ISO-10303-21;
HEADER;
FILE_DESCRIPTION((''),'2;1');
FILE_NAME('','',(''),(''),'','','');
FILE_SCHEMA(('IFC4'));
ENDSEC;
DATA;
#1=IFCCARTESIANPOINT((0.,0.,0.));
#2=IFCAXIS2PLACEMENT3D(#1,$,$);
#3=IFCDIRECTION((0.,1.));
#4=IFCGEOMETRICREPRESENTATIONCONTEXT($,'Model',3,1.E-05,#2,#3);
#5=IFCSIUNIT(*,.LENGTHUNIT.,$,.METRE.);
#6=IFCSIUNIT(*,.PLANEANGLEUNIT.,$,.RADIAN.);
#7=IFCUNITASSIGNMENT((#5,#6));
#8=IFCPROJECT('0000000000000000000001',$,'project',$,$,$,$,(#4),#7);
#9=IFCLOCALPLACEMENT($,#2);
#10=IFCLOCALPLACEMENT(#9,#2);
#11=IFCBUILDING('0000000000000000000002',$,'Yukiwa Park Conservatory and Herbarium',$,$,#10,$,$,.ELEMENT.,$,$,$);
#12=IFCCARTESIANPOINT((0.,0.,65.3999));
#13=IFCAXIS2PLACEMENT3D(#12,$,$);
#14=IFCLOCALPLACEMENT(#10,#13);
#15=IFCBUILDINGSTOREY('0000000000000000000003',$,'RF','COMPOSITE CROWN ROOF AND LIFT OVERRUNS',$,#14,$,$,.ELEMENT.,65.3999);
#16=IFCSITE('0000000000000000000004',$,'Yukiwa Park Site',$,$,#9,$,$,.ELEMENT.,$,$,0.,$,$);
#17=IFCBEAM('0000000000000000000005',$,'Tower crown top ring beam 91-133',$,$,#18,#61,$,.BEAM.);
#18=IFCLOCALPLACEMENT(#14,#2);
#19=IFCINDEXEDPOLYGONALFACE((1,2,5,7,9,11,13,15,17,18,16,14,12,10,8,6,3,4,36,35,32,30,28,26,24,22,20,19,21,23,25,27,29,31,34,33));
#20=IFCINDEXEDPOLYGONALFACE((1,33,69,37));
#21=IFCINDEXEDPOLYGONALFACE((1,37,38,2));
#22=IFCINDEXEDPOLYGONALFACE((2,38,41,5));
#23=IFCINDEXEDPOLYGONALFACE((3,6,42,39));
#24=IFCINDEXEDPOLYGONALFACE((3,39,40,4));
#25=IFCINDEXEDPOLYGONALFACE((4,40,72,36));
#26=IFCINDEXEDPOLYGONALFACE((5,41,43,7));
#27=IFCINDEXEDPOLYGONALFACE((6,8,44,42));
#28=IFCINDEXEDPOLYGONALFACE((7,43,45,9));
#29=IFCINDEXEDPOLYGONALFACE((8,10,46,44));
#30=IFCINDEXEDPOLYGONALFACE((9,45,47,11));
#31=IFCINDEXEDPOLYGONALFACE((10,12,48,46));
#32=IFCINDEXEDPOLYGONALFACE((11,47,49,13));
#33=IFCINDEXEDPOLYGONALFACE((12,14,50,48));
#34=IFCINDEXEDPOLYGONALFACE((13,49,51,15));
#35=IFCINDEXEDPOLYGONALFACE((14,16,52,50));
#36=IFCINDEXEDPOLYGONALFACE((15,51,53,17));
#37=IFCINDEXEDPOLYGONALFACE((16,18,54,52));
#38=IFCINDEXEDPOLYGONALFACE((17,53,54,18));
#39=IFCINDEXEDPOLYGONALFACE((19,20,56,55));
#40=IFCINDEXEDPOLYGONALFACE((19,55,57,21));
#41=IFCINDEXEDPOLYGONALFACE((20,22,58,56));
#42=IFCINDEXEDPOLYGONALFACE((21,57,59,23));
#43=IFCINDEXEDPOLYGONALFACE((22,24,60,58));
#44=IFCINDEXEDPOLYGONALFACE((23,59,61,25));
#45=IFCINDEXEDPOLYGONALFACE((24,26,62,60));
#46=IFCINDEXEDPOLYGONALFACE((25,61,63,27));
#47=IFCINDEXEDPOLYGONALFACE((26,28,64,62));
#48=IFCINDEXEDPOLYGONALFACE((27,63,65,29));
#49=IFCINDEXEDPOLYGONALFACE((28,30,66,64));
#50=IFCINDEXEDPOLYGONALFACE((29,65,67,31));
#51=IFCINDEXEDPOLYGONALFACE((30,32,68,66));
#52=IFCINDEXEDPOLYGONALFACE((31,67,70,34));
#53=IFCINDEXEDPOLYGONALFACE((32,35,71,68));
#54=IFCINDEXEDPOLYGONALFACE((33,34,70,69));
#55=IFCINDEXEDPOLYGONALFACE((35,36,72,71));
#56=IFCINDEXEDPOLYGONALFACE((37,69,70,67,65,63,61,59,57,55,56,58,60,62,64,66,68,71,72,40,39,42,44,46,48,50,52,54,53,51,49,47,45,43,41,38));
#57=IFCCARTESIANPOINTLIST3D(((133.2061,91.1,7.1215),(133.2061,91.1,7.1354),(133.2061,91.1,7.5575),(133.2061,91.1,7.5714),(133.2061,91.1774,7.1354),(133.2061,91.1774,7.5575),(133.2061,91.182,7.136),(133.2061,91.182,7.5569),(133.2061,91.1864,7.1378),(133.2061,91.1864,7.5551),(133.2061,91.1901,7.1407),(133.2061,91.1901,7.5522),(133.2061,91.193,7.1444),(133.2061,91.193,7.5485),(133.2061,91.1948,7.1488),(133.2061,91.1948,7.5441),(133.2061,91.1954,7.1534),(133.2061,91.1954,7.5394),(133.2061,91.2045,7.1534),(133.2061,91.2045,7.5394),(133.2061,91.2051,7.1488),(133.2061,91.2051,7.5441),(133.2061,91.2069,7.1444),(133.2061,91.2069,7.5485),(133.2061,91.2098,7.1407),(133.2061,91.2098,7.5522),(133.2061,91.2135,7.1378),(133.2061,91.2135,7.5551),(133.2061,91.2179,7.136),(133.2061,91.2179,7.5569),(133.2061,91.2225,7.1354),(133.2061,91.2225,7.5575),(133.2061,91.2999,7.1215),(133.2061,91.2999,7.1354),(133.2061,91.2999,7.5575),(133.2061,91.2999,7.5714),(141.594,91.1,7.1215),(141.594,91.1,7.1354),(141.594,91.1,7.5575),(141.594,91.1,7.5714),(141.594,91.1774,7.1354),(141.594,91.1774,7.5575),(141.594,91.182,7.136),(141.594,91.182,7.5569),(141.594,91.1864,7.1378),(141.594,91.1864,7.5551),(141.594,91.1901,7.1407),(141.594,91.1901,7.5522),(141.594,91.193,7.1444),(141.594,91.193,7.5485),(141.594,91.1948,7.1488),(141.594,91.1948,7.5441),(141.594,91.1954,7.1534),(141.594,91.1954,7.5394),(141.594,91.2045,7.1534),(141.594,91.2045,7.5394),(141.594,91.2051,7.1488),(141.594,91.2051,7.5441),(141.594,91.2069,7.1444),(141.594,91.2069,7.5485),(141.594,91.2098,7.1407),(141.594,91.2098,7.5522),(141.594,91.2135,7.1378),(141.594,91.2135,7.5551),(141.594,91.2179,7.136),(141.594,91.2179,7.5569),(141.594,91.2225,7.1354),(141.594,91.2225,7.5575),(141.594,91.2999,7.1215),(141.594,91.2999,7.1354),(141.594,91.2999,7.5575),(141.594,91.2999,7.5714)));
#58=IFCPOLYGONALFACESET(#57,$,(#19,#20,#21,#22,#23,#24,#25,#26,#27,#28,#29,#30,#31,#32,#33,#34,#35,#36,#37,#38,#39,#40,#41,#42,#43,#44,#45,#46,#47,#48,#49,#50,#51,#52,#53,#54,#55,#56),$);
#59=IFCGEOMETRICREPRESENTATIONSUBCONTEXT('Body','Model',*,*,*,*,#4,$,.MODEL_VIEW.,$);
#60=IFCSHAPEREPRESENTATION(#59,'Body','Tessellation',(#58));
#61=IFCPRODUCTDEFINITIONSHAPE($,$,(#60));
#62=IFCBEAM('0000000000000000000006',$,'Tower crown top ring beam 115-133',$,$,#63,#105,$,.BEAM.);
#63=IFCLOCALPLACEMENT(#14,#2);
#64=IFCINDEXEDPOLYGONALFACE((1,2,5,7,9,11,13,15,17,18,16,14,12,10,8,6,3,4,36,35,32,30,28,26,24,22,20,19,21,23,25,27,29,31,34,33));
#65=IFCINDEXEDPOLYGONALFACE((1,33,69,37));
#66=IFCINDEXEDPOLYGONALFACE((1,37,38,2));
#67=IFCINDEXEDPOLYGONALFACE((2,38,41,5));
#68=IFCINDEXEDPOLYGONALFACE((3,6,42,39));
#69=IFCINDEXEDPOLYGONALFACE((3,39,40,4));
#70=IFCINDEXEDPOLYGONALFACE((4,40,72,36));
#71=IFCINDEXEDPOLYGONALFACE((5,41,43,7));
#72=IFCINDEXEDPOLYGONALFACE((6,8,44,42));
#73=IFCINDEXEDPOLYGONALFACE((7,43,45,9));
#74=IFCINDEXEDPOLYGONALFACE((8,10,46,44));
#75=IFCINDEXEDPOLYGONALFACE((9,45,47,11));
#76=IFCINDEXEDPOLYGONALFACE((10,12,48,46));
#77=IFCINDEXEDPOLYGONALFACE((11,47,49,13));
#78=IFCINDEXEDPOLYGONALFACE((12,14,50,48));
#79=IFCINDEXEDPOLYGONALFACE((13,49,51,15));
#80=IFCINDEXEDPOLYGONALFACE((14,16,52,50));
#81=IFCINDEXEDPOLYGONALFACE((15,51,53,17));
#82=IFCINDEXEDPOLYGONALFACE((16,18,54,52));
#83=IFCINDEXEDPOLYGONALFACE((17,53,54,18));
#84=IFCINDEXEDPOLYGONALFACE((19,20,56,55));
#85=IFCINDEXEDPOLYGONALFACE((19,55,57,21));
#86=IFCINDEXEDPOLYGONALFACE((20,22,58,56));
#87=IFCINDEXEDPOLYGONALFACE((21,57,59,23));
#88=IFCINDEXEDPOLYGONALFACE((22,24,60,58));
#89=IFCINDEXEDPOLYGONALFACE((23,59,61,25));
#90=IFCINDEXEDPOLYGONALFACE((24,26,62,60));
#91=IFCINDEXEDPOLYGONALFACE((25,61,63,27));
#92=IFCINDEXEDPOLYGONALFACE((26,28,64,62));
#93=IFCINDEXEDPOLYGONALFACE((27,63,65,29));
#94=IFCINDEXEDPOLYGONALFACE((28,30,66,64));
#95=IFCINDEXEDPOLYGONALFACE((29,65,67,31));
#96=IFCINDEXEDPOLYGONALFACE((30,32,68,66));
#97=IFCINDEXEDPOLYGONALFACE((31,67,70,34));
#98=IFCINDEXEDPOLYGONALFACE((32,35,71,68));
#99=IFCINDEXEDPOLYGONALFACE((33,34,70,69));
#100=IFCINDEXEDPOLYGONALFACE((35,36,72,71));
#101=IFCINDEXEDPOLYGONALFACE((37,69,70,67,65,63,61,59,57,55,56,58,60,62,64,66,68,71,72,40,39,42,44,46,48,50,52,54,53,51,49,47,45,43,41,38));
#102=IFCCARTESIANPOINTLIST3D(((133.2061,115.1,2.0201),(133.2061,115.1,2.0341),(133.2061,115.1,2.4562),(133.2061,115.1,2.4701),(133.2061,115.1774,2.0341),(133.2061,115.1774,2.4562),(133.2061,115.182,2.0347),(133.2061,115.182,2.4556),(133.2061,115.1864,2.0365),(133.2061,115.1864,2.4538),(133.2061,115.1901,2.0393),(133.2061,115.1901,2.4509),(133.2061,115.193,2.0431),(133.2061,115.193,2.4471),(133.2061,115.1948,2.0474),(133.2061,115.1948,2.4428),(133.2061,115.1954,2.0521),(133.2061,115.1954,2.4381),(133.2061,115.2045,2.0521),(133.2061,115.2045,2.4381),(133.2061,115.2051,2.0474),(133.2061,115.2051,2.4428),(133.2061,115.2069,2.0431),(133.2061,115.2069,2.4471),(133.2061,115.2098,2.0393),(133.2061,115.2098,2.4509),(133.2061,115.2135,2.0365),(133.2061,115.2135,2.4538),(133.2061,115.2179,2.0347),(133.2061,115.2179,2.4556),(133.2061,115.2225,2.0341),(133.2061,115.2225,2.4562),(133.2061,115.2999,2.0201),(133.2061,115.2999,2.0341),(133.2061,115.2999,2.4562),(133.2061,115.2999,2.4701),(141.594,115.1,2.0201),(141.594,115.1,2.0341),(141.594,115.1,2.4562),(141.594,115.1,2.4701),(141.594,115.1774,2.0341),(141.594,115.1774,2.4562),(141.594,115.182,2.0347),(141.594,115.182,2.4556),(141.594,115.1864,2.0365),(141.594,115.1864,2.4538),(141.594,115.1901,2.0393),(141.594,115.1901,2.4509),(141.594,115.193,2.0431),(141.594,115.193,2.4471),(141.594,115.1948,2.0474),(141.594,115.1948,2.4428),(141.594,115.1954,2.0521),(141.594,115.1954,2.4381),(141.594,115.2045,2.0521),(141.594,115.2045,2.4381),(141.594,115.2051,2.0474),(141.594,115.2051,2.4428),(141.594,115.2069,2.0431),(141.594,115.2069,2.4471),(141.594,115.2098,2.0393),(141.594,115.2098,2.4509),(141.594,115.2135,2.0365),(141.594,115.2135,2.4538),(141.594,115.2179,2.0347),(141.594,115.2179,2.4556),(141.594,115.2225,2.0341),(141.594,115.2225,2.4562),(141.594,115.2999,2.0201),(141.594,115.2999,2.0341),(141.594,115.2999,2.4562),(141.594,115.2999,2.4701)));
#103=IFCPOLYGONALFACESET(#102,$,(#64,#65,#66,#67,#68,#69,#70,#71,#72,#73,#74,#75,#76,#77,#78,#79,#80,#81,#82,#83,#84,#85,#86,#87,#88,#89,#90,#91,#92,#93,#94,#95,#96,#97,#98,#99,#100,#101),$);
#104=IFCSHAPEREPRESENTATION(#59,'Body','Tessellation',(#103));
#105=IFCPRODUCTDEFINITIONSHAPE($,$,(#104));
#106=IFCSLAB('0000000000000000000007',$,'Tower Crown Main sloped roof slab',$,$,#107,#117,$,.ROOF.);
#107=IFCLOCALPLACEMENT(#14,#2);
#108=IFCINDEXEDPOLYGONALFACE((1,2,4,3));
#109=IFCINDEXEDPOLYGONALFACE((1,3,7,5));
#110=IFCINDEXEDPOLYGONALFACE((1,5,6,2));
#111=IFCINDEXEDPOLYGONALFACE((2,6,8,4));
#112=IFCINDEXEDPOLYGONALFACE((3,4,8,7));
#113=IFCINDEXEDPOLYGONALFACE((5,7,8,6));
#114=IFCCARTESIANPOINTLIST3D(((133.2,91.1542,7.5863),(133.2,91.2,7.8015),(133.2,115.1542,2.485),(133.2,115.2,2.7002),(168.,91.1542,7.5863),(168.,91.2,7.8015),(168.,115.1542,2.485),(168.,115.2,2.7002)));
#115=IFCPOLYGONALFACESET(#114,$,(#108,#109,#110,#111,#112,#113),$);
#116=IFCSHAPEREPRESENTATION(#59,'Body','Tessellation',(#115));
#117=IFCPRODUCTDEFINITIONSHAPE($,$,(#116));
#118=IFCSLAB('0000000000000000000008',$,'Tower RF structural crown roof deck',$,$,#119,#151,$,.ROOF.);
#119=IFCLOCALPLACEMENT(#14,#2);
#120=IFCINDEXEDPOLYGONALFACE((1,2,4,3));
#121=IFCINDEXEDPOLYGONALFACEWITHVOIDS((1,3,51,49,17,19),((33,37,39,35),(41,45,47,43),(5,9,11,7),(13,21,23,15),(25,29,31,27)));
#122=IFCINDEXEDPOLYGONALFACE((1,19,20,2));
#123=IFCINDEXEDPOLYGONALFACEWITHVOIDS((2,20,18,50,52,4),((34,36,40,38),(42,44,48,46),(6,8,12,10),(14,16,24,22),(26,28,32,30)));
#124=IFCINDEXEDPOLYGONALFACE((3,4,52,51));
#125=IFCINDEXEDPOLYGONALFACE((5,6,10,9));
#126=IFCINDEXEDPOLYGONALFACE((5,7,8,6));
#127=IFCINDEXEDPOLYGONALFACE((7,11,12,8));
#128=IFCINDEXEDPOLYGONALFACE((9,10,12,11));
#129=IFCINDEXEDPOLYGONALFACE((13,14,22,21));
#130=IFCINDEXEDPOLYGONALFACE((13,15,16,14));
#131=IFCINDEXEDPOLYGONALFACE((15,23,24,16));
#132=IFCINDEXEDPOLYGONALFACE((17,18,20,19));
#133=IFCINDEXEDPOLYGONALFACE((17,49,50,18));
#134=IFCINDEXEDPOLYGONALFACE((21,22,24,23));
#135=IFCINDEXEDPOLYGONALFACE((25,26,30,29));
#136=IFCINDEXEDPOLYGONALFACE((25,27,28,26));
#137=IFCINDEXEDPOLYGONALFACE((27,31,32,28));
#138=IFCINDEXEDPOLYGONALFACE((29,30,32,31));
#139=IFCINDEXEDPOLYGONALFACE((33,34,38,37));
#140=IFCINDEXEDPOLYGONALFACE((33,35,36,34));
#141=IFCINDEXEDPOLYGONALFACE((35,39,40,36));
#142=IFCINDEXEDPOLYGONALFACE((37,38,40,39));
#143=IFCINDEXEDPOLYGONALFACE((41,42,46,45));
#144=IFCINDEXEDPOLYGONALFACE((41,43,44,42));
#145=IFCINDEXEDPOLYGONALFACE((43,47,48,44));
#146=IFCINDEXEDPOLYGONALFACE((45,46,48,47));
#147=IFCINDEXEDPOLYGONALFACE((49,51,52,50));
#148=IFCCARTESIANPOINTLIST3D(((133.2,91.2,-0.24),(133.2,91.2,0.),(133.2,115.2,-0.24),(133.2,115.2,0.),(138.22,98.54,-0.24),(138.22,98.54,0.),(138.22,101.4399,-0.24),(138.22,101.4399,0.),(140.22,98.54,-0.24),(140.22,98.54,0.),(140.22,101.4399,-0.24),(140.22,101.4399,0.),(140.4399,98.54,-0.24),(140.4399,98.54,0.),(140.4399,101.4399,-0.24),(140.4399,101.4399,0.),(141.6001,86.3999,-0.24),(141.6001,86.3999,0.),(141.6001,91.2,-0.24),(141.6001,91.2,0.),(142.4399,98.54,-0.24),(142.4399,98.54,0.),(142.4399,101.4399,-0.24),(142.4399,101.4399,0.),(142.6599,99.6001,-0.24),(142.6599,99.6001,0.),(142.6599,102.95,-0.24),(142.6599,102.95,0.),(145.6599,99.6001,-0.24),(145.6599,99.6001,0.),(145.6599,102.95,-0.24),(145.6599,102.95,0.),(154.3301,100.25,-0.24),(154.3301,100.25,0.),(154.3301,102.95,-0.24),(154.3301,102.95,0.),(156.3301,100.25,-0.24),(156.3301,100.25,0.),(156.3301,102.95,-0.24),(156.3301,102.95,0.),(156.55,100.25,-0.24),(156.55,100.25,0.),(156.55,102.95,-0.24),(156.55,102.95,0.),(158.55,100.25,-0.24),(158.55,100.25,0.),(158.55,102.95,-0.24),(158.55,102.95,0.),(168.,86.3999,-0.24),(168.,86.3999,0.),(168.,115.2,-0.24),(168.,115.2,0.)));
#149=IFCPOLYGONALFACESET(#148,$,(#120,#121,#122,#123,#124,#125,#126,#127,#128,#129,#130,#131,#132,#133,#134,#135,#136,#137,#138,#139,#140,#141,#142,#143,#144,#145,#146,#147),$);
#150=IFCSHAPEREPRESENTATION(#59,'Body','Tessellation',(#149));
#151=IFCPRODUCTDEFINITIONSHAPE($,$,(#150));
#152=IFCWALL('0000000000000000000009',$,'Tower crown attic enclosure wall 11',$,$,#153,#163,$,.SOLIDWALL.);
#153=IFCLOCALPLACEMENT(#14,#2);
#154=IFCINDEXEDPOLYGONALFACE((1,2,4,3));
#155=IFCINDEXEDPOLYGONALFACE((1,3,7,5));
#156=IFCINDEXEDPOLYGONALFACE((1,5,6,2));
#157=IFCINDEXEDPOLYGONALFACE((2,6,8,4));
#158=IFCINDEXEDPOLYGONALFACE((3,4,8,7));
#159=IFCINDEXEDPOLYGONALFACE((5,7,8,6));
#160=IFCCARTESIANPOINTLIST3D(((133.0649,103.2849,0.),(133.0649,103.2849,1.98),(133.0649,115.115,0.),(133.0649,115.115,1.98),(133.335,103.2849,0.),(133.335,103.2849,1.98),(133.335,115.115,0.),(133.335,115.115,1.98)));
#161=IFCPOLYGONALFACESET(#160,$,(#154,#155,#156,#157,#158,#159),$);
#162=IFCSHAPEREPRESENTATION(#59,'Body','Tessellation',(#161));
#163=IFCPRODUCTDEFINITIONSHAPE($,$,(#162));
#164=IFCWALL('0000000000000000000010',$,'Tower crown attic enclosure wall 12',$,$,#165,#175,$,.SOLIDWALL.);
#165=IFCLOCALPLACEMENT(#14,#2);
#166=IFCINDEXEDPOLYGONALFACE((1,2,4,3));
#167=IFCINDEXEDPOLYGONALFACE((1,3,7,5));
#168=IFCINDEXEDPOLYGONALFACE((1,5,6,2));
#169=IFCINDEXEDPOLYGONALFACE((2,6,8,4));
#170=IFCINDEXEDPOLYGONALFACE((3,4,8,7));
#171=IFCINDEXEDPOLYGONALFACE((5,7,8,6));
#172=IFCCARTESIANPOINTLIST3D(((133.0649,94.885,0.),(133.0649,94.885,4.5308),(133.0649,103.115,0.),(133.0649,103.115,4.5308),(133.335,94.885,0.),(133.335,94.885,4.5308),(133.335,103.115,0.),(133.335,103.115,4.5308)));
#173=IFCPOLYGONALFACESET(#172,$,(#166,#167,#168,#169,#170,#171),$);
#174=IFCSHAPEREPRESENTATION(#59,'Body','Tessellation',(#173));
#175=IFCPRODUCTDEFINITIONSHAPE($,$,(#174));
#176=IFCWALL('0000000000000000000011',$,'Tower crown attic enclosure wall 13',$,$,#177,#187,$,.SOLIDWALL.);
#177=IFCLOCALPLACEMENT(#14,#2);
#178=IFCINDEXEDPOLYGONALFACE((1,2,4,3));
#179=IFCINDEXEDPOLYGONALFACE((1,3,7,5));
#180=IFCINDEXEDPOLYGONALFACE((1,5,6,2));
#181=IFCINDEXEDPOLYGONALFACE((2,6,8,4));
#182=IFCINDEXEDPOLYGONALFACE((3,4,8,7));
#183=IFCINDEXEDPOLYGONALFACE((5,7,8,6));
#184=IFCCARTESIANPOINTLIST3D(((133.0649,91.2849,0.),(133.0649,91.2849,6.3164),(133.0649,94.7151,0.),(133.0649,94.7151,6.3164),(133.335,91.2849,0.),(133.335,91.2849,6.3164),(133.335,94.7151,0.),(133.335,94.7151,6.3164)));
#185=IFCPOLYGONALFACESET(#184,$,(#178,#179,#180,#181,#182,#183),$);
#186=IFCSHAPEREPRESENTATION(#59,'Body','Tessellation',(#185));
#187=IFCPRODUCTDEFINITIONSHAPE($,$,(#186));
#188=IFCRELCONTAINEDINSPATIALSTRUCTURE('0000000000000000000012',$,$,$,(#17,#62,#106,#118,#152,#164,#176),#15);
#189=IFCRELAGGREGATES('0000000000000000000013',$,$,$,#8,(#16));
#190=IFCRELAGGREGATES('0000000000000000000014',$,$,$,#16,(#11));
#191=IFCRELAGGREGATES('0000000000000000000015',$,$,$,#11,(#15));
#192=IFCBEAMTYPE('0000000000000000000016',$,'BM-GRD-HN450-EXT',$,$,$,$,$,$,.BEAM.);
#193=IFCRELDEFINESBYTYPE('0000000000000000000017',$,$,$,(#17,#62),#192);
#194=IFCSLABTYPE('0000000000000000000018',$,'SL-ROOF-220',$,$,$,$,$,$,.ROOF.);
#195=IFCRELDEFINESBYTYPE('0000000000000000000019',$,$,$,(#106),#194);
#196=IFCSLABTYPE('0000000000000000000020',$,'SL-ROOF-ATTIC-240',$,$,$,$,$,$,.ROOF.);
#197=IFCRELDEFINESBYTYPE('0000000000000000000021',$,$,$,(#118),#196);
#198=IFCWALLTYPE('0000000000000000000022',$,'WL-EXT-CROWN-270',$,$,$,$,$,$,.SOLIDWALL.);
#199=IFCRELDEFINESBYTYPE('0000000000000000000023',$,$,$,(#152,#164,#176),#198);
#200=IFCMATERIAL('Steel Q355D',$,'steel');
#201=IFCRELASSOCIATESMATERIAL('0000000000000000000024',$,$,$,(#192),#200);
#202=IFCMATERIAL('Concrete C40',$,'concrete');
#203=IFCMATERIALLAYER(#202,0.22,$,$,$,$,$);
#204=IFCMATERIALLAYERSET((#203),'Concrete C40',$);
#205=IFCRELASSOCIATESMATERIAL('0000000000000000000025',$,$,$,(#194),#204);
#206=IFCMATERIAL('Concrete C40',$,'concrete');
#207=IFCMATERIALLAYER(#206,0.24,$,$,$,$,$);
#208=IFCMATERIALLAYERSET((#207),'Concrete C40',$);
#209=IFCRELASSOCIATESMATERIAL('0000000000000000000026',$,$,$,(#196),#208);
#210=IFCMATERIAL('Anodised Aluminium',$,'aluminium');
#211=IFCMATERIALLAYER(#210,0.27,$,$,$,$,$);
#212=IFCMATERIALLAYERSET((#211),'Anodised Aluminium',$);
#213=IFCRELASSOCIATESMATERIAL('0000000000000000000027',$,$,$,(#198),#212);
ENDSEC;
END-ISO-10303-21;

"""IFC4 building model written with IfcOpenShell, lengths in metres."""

from ifc_helpers import new_model, si_unit, direction, frame, frame_2d, origin, origin_2d, place, context, subcontext, project, spatial, polyline, rectangle, i_section, outline, extrude, material, layer, layer_set, material_profile, profile_set, type_object, element, save


model = new_model("IFC4")

# Units and contexts
model_context = context("Model", 3, precision=1e-05, world=origin(), true_north=direction((0.0, 1.0)))
body_context = subcontext(model_context, "Body", "Model", "MODEL_VIEW")
ifc_project = project(units=[si_unit("LENGTHUNIT", "METRE"), si_unit("PLANEANGLEUNIT", "RADIAN")], contexts=[model_context])

# Site, building, storey
site_placement = place(None, origin())
site = spatial("IfcSite", under=ifc_project, at=site_placement, Name="Yukiwa Park Site", CompositionType="ELEMENT", RefElevation=0.0)
building_placement = place(site_placement, origin())
building = spatial("IfcBuilding", under=site, at=building_placement, Name="Yukiwa Park Conservatory and Herbarium", CompositionType="ELEMENT")
storey_placement = place(building_placement, frame((0.0, 0.0, 65.3999)))
storey = spatial("IfcBuildingStorey", under=building, at=storey_placement, Name="RF", Description="COMPOSITE CROWN ROOF AND LIFT OVERRUNS", CompositionType="ELEMENT", Elevation=65.3999)

# Beams
ifc_material_1 = material(Name="Steel Q355D", Category="steel")
ifc_material_profile_1 = material_profile(ifc_material_1, i_section(OverallWidth=0.2, OverallDepth=0.45, WebThickness=0.009, FlangeThickness=0.0139, FilletRadius=0.0181, at=origin_2d()), Name="HN 450x200x9x14")
ifc_profile_set_1 = profile_set([ifc_material_profile_1], Name="Steel Q355D")
beam_type_1 = type_object("IfcBeamType", Name="BM-GRD-HN450-EXT", PredefinedType="BEAM", material=ifc_profile_set_1)
for number, where, z_axis, x_axis, name in (
    (1, (133.2061, 91.2, 7.3464), (1.0, 0.0, 0.0), (0.0, 1.0, 0.0), "Tower crown top ring beam 91-133"),
    (2, (133.2061, 115.2, 2.2451), (1.0, 0.0, 0.0), (0.0, 1.0, 0.0), "Tower crown top ring beam 115-133"),
):
    element("IfcBeam", number, at=place(storey_placement, frame(where, z_axis=z_axis, x_axis=x_axis)), inside=storey, type_object=beam_type_1, Name=name, PredefinedType="BEAM", context=body_context, shape_type="SweptSolid", body=[
        extrude(i_section(OverallWidth=0.2, OverallDepth=0.45, WebThickness=0.009, FlangeThickness=0.0139, FilletRadius=0.0181, at=origin_2d()), origin(), (0.0, 0.0, 1.0), 8.3879),
    ])

# Slabs
ifc_material_2 = material(Name="Concrete C40", Category="concrete")
ifc_layer_1 = layer(ifc_material_2, 0.22)
ifc_layer_set_1 = layer_set([ifc_layer_1], Name="Concrete C40")
slab_type_1 = type_object("IfcSlabType", Name="SL-ROOF-220", PredefinedType="ROOF", material=ifc_layer_set_1)
slab_1_placement = place(storey_placement, frame((133.2, 91.2, 7.8015), z_axis=(0.0, 0.20791, 0.978148), x_axis=(1.0, 0.0, 0.0)))
element("IfcSlab", 3, at=slab_1_placement, inside=storey, type_object=slab_type_1, Name="Tower Crown Main sloped roof slab", PredefinedType="ROOF", context=body_context, shape_type="SweptSolid", body=[
    extrude(outline(polyline([(0.0, 0.0), (34.8, 0.0), (34.8, 24.5362), (0.0, 24.5362), (0.0, 0.0)])), origin(), (0.0, 0.0, -1.0), 0.22),
])
ifc_material_3 = material(Name="Concrete C40", Category="concrete")
ifc_layer_2 = layer(ifc_material_3, 0.24)
ifc_layer_set_2 = layer_set([ifc_layer_2], Name="Concrete C40")
slab_type_2 = type_object("IfcSlabType", Name="SL-ROOF-ATTIC-240", PredefinedType="ROOF", material=ifc_layer_set_2)
slab_2_placement = place(storey_placement, frame((0.0, 0.0, -0.24)))
element("IfcSlab", 4, at=slab_2_placement, inside=storey, type_object=slab_type_2, Name="Tower RF structural crown roof deck", PredefinedType="ROOF", context=body_context, shape_type="SweptSolid", body=[
    extrude(outline(polyline([(141.6001, 91.2), (133.2, 91.2), (133.2, 115.2), (168.0, 115.2), (168.0, 86.3999), (141.6001, 86.3999), (141.6001, 91.2)]), holes=[polyline([(138.22, 98.54), (140.22, 98.54), (140.22, 101.4399), (138.22, 101.4399), (138.22, 98.54)]), polyline([(140.4399, 98.54), (142.4399, 98.54), (142.4399, 101.4399), (140.4399, 101.4399), (140.4399, 98.54)]), polyline([(142.6599, 99.6001), (145.6599, 99.6001), (145.6599, 102.95), (142.6599, 102.95), (142.6599, 99.6001)]), polyline([(154.3301, 102.95), (154.3301, 100.25), (156.3301, 100.25), (156.3301, 102.95), (154.3301, 102.95)]), polyline([(156.55, 102.95), (156.55, 100.25), (158.55, 100.25), (158.55, 102.95), (156.55, 102.95)])]), origin(), (0.0, 0.0, 1.0), 0.24),
])

# Walls
ifc_material_4 = material(Name="Anodised Aluminium", Category="aluminium")
ifc_layer_3 = layer(ifc_material_4, 0.27)
ifc_layer_set_3 = layer_set([ifc_layer_3], Name="Anodised Aluminium")
wall_type = type_object("IfcWallType", Name="WL-EXT-CROWN-270", PredefinedType="SOLIDWALL", material=ifc_layer_set_3)
wall_1_placement = place(storey_placement, frame((133.2, 115.115, 0.0), z_axis=(0.0, 0.0, 1.0), x_axis=(0.0, -1.0, 0.0)))
element("IfcWall", 5, at=wall_1_placement, inside=storey, type_object=wall_type, Name="Tower crown attic enclosure wall 11", PredefinedType="SOLIDWALL", context=body_context, shape_type="SweptSolid", body=[
    extrude(rectangle(XDim=11.8301, YDim=0.27, at=frame_2d((5.915, 0.0))), origin(), (0.0, 0.0, 1.0), 1.98),
])
wall_2_placement = place(storey_placement, frame((133.2, 103.115, 0.0), z_axis=(0.0, 0.0, 1.0), x_axis=(0.0, -1.0, 0.0)))
element("IfcWall", 6, at=wall_2_placement, inside=storey, type_object=wall_type, Name="Tower crown attic enclosure wall 12", PredefinedType="SOLIDWALL", context=body_context, shape_type="SweptSolid", body=[
    extrude(rectangle(XDim=8.23, YDim=0.27, at=frame_2d((4.115, 0.0))), origin(), (0.0, 0.0, 1.0), 4.5308),
])
wall_3_placement = place(storey_placement, frame((133.2, 94.7151, 0.0), z_axis=(0.0, 0.0, 1.0), x_axis=(0.0, -1.0, 0.0)))
element("IfcWall", 7, at=wall_3_placement, inside=storey, type_object=wall_type, Name="Tower crown attic enclosure wall 13", PredefinedType="SOLIDWALL", context=body_context, shape_type="SweptSolid", body=[
    extrude(rectangle(XDim=3.4302, YDim=0.27, at=frame_2d((1.7151, 0.0))), origin(), (0.0, 0.0, 1.0), 6.3164),
])

save(model, "model.ifc")
